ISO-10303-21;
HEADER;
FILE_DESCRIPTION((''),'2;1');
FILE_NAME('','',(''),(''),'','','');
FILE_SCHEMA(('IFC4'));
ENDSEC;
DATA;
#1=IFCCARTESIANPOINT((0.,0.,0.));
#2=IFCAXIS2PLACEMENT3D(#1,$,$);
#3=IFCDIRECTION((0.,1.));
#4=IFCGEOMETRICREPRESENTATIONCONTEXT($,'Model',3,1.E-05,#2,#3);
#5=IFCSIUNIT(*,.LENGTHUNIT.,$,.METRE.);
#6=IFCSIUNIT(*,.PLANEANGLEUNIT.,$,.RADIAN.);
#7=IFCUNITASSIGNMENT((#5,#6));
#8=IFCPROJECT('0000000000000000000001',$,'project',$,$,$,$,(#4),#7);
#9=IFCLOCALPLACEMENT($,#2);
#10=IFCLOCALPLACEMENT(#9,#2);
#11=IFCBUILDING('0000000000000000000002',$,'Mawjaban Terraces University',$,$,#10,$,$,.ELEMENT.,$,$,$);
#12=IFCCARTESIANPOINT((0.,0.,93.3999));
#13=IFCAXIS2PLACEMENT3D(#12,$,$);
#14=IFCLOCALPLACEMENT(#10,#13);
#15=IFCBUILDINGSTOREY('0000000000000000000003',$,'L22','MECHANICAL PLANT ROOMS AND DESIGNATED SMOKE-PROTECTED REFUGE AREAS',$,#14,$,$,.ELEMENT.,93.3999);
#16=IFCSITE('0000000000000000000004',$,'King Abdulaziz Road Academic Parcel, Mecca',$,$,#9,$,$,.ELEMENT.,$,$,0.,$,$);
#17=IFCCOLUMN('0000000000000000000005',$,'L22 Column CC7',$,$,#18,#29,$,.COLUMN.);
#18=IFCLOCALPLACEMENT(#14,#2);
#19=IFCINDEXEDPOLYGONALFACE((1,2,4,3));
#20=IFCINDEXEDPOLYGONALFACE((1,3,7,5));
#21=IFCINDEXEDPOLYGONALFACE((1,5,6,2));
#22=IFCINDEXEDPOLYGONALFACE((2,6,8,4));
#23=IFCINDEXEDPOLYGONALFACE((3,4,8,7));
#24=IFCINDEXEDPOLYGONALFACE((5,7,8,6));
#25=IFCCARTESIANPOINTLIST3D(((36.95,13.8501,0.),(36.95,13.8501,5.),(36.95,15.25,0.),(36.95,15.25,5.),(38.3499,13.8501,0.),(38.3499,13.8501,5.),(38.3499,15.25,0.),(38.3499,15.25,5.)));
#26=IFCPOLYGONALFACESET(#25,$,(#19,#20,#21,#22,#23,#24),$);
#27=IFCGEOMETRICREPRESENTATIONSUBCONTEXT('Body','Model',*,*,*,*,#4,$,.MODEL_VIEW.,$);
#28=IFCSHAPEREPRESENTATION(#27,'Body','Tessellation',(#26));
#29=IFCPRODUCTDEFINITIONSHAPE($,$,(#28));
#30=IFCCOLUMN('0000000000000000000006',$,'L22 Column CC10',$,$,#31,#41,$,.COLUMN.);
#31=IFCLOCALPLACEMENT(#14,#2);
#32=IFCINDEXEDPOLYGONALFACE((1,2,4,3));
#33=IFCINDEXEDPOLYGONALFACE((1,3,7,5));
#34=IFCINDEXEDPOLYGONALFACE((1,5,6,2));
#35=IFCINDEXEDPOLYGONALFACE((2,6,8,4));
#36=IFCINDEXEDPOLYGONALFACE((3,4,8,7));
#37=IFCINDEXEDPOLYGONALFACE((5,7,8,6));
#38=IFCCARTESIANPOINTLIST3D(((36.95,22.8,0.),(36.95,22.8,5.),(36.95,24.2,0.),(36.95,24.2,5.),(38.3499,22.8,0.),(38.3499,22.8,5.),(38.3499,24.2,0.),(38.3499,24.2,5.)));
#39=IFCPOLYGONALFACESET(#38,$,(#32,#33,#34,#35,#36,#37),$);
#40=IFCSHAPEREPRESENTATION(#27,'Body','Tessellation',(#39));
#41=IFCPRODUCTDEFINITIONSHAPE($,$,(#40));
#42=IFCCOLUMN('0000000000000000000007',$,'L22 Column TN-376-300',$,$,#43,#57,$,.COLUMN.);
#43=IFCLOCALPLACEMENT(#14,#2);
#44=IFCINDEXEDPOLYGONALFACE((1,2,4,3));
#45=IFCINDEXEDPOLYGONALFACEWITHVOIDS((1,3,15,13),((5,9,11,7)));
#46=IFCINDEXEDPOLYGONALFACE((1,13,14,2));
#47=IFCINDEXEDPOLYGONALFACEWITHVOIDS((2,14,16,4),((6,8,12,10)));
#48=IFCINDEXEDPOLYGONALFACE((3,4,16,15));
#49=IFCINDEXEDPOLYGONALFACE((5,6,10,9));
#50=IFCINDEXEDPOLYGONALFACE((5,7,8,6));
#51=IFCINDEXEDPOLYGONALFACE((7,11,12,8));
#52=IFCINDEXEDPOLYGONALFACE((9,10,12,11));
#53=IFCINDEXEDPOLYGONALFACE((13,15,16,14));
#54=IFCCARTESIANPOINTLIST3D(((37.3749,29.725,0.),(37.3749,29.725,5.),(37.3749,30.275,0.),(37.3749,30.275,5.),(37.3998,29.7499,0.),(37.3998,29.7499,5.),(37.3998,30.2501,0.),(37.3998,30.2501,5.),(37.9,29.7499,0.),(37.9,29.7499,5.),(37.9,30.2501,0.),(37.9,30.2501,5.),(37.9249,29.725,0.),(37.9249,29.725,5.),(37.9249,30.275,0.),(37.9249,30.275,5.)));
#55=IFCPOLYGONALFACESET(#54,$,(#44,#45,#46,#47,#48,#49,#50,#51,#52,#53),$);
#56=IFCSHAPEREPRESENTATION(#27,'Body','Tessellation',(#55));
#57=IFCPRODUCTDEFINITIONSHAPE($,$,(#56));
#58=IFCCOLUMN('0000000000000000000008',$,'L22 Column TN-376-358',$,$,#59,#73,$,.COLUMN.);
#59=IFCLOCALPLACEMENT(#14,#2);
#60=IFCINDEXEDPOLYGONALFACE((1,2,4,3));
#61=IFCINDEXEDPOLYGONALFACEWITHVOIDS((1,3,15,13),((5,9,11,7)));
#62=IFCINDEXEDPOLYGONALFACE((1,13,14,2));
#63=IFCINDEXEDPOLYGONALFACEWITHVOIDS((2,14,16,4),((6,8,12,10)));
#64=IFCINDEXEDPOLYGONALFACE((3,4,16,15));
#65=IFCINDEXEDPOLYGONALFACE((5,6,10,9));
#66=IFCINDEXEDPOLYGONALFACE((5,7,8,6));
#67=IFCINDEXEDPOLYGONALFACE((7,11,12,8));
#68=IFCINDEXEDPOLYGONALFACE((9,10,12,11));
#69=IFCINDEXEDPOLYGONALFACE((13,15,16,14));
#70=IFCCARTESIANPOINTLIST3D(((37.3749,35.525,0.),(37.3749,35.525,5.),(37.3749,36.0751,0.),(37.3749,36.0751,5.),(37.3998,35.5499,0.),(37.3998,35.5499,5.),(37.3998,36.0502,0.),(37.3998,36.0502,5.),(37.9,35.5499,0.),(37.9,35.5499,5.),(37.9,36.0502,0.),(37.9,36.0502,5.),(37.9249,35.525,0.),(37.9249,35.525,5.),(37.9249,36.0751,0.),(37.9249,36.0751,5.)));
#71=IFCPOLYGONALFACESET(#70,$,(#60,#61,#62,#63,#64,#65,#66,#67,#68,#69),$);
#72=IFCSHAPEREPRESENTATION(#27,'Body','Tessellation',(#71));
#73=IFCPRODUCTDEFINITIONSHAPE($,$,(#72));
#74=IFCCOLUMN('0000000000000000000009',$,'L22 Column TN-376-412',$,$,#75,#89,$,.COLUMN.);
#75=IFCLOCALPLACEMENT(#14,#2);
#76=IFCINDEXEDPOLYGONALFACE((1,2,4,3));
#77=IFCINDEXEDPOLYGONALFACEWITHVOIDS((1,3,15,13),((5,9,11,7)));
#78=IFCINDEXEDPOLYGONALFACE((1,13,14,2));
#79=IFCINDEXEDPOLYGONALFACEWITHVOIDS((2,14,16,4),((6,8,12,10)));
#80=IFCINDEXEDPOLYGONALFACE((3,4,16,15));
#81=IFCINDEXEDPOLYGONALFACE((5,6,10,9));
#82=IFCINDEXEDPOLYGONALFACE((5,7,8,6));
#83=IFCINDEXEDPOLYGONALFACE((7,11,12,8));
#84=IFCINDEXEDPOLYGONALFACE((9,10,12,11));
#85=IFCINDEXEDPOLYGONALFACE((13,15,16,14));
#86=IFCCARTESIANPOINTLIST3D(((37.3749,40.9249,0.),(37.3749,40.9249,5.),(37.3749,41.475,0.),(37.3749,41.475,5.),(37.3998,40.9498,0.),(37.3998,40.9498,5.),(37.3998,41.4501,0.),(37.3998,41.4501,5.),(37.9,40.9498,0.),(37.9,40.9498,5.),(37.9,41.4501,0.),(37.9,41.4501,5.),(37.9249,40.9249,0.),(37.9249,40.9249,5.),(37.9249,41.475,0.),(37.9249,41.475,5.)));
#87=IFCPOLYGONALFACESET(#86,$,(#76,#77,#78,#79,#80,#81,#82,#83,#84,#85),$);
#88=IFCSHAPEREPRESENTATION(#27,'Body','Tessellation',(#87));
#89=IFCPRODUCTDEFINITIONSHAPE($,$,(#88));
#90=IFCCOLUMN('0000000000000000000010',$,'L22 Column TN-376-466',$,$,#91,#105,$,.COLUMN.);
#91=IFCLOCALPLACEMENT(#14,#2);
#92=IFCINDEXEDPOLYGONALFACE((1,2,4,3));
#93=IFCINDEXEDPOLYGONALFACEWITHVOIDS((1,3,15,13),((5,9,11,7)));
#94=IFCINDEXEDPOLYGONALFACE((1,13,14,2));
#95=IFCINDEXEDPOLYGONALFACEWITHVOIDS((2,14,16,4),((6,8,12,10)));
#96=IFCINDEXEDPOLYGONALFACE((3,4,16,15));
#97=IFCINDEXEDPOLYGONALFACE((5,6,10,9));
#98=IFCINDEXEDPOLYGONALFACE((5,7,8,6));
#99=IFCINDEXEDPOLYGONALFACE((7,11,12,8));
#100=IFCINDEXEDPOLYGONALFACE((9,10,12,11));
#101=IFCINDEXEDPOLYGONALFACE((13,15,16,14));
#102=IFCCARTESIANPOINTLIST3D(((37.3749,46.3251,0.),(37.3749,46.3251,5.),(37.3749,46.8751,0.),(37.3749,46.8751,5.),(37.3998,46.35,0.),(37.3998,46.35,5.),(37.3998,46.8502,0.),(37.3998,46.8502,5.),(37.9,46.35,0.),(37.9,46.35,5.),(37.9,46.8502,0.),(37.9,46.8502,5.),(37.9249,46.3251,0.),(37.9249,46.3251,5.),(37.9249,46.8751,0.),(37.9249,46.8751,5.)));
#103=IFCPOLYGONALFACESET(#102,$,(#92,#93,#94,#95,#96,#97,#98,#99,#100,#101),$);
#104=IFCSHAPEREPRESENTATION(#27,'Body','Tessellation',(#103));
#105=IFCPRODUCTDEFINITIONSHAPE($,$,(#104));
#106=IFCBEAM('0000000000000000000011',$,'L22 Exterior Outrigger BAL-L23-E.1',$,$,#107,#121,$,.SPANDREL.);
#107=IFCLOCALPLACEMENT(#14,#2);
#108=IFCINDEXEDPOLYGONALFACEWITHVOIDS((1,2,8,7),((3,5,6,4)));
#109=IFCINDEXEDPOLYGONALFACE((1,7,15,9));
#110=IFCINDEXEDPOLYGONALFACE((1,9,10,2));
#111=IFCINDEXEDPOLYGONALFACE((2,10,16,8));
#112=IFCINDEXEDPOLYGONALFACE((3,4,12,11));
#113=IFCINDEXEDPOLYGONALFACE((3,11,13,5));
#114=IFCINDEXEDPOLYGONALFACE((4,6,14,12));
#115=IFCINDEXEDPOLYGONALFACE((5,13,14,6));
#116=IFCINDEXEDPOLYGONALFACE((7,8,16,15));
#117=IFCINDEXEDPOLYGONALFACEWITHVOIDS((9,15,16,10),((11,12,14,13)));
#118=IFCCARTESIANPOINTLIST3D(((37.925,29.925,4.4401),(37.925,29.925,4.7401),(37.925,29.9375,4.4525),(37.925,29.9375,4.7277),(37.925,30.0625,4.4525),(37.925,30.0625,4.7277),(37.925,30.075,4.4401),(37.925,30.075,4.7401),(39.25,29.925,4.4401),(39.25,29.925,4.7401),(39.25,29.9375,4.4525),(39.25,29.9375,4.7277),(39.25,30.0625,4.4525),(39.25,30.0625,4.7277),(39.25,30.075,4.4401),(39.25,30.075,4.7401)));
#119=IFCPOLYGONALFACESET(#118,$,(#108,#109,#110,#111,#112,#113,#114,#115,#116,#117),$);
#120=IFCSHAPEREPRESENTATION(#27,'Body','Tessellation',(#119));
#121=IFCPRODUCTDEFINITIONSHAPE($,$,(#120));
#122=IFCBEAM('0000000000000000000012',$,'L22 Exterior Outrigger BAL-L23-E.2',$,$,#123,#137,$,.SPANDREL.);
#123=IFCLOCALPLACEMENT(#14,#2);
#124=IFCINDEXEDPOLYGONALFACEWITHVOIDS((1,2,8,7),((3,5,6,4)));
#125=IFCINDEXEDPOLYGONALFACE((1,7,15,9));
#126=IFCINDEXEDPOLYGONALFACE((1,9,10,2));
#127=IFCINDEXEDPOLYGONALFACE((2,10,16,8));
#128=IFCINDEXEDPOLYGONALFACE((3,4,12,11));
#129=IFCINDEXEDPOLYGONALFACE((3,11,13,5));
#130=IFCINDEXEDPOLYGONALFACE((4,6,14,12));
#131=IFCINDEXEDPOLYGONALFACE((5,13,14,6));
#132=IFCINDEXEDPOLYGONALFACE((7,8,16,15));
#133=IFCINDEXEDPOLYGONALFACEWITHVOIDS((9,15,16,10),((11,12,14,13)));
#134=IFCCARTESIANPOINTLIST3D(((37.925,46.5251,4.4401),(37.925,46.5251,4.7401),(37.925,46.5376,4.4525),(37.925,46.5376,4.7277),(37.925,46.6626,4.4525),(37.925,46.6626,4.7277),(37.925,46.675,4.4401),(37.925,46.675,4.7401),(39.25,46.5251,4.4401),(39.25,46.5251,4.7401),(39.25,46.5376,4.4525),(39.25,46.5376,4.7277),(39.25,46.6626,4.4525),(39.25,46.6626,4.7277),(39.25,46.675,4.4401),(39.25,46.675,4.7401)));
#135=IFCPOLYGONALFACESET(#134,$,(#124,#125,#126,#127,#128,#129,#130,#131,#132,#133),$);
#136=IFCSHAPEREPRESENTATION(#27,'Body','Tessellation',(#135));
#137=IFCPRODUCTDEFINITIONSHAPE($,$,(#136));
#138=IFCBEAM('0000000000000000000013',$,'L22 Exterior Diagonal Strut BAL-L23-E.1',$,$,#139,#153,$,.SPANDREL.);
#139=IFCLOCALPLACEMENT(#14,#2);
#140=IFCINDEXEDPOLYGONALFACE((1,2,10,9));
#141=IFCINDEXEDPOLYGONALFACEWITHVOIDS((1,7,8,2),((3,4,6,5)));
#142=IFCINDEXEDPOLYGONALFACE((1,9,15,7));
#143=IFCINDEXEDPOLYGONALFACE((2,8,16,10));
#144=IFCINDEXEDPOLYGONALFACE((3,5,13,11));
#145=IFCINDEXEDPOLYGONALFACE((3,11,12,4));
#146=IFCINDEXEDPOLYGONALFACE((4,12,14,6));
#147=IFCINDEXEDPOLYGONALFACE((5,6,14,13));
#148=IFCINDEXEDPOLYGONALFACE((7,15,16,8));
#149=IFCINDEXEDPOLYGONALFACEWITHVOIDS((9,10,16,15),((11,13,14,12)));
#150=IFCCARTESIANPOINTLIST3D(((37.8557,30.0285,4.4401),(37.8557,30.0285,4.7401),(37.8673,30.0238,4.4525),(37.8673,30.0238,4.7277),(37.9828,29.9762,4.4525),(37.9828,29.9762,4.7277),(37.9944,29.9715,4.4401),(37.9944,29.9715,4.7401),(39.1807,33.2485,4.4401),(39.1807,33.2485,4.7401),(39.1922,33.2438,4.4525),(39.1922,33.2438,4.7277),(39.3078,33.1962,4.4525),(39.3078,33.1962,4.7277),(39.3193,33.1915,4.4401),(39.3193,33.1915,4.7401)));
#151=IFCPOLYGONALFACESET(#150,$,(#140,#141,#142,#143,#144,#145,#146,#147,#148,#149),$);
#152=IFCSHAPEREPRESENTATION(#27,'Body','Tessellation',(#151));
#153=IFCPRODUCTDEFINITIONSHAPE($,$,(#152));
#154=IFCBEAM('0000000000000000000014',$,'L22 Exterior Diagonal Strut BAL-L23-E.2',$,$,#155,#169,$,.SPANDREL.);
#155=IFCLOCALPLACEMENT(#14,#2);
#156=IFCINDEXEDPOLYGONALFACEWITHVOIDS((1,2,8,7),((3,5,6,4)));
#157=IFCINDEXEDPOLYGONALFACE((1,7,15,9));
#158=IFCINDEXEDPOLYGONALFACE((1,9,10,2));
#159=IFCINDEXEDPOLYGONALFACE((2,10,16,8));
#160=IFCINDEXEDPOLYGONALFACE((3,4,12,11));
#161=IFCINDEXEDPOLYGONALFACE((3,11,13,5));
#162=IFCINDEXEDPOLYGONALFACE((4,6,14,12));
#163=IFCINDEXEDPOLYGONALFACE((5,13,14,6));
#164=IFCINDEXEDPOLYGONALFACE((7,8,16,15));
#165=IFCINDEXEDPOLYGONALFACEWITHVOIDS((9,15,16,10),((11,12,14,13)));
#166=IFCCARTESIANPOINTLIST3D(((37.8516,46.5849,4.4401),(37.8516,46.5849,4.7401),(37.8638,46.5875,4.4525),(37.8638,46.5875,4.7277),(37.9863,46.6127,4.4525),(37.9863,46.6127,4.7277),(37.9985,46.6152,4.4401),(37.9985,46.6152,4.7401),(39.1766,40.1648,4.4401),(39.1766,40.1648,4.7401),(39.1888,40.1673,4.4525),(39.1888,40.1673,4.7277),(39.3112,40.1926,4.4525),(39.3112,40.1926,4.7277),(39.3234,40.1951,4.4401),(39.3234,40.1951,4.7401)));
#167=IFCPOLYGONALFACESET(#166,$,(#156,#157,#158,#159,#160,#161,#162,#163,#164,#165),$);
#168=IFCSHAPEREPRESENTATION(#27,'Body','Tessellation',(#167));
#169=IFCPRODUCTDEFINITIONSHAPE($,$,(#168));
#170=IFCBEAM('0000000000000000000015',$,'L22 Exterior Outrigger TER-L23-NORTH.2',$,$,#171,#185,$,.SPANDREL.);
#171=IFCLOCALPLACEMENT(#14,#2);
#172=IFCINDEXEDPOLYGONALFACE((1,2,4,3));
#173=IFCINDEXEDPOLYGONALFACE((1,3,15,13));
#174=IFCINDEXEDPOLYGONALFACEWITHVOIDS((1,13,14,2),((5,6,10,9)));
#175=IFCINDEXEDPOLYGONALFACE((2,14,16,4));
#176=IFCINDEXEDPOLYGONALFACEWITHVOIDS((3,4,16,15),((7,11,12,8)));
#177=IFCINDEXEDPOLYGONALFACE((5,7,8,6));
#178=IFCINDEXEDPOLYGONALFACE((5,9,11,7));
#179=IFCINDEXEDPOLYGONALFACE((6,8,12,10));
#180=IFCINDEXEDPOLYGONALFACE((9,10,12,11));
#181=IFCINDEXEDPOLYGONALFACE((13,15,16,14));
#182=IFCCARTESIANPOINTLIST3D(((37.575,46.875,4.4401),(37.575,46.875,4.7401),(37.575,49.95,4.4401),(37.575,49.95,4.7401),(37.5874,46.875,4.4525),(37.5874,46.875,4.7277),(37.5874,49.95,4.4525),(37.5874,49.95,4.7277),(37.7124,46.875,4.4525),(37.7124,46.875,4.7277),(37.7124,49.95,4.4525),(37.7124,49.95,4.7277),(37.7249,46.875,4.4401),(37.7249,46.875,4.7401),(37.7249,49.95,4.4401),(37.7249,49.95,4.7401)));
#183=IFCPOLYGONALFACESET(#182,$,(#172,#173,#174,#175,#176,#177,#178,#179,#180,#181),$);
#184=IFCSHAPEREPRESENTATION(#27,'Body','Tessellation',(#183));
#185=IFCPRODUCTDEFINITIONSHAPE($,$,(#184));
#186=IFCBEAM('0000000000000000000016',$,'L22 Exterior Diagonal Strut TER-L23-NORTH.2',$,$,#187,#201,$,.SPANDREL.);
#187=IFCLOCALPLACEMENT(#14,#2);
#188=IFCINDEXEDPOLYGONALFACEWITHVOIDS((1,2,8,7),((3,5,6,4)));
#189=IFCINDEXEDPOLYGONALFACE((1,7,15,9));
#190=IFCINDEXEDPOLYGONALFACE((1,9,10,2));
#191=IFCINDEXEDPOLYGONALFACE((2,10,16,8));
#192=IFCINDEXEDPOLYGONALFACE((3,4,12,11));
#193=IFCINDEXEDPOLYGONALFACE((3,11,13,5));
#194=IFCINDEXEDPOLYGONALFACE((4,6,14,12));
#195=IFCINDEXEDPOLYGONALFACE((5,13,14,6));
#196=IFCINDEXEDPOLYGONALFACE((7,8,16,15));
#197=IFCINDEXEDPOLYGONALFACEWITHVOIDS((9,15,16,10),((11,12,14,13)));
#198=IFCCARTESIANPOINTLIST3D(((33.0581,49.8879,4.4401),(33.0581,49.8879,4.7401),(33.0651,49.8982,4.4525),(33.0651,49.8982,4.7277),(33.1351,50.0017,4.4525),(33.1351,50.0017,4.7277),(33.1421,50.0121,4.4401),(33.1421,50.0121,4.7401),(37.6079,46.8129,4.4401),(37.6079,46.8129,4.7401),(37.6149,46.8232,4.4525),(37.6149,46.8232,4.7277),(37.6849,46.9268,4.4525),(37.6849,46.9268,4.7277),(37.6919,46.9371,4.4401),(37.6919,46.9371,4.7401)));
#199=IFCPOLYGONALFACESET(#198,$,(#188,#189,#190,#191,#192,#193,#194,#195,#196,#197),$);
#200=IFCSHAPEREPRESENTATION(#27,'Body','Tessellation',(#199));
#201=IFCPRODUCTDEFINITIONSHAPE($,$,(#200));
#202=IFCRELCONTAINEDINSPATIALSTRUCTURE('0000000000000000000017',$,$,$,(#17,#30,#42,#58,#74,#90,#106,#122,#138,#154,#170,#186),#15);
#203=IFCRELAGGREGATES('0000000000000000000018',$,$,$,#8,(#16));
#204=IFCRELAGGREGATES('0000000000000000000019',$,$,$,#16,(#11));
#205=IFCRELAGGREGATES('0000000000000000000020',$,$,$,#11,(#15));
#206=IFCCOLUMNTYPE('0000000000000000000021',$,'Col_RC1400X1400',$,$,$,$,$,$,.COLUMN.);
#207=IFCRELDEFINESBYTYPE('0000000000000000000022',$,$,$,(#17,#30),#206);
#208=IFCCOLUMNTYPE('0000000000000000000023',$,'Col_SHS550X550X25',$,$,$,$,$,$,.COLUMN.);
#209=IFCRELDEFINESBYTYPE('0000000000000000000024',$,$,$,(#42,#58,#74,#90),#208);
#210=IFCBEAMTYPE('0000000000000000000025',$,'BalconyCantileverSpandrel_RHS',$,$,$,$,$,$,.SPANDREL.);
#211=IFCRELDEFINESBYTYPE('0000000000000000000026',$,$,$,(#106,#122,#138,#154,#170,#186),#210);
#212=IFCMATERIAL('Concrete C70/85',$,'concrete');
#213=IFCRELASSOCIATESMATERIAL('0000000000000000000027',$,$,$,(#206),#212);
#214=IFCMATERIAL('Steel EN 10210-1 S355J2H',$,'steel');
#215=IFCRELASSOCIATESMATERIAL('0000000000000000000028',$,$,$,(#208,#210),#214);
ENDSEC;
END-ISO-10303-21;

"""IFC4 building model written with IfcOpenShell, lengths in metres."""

from ifc_helpers import new_model, si_unit, direction, frame, origin, origin_2d, place, context, subcontext, project, spatial, rectangle, hollow_rectangle, extrude, material, material_profile, profile_set, type_object, element, save


model = new_model("IFC4")

# Units and contexts
model_context = context("Model", 3, precision=1e-05, world=origin(), true_north=direction((0.0, 1.0)))
body_context = subcontext(model_context, "Body", "Model", "MODEL_VIEW")
ifc_project = project(units=[si_unit("LENGTHUNIT", "METRE"), si_unit("PLANEANGLEUNIT", "RADIAN")], contexts=[model_context])

# Site, building, storey
site_placement = place(None, origin())
site = spatial("IfcSite", under=ifc_project, at=site_placement, Name="King Abdulaziz Road Academic Parcel, Mecca", CompositionType="ELEMENT", RefElevation=0.0)
building_placement = place(site_placement, origin())
building = spatial("IfcBuilding", under=site, at=building_placement, Name="Mawjaban Terraces University", CompositionType="ELEMENT")
storey_placement = place(building_placement, frame((0.0, 0.0, 93.3999)))
storey = spatial("IfcBuildingStorey", under=building, at=storey_placement, Name="L22", Description="MECHANICAL PLANT ROOMS AND DESIGNATED SMOKE-PROTECTED REFUGE AREAS", CompositionType="ELEMENT", Elevation=93.3999)

# Columns
ifc_material_1 = material(Name="Concrete C70/85", Category="concrete")
ifc_material_profile_1 = material_profile(ifc_material_1, rectangle(XDim=1.3999, YDim=1.3999, at=origin_2d()), Name="RC1400X1400")
ifc_profile_set_1 = profile_set([ifc_material_profile_1], Name="Concrete C70/85")
column_type_1 = type_object("IfcColumnType", Name="Col_RC1400X1400", PredefinedType="COLUMN", material=ifc_profile_set_1)
for number, where, z_axis, x_axis, name in (
    (1, (37.6499, 14.55, 0.0), (0.0, 0.0, 1.0), (1.0, 0.0, 0.0), "L22 Column CC7"),
    (2, (37.6499, 23.5, 0.0), (0.0, 0.0, 1.0), (1.0, 0.0, 0.0), "L22 Column CC10"),
):
    element("IfcColumn", number, at=place(storey_placement, frame(where, z_axis=z_axis, x_axis=x_axis)), inside=storey, type_object=column_type_1, Name=name, PredefinedType="COLUMN", context=body_context, shape_type="SweptSolid", body=[
        extrude(rectangle(XDim=1.3999, YDim=1.3999, at=origin_2d()), origin(), (0.0, 0.0, 1.0), 5.0),
    ])
ifc_material_2 = material(Name="Steel EN 10210-1 S355J2H", Category="steel")
ifc_material_profile_2 = material_profile(ifc_material_2, hollow_rectangle(XDim=0.55, YDim=0.55, WallThickness=0.0249, at=origin_2d()), Name="SHS550X550X25")
ifc_profile_set_2 = profile_set([ifc_material_profile_2], Name="Steel EN 10210-1 S355J2H")
column_type_2 = type_object("IfcColumnType", Name="Col_SHS550X550X25", PredefinedType="COLUMN", material=ifc_profile_set_2)
for number, where, z_axis, x_axis, name in (
    (3, (37.6499, 30.0, 0.0), (0.0, 0.0, 1.0), (1.0, 0.0, 0.0), "L22 Column TN-376-300"),
    (4, (37.6499, 35.8, 0.0), (0.0, 0.0, 1.0), (1.0, 0.0, 0.0), "L22 Column TN-376-358"),
    (5, (37.6499, 41.2, 0.0), (0.0, 0.0, 1.0), (1.0, 0.0, 0.0), "L22 Column TN-376-412"),
    (6, (37.6499, 46.6001, 0.0), (0.0, 0.0, 1.0), (1.0, 0.0, 0.0), "L22 Column TN-376-466"),
):
    element("IfcColumn", number, at=place(storey_placement, frame(where, z_axis=z_axis, x_axis=x_axis)), inside=storey, type_object=column_type_2, Name=name, PredefinedType="COLUMN", context=body_context, shape_type="SweptSolid", body=[
        extrude(hollow_rectangle(XDim=0.55, YDim=0.55, WallThickness=0.0249, at=origin_2d()), origin(), (0.0, 0.0, 1.0), 5.0),
    ])

# Beams
ifc_material_profile_3 = material_profile(ifc_material_2, hollow_rectangle(XDim=0.1499, YDim=0.3, WallThickness=0.0125, at=origin_2d()), Name="RHS300X150X12.5")
ifc_profile_set_3 = profile_set([ifc_material_profile_3], Name="Steel EN 10210-1 S355J2H")
beam_type_1 = type_object("IfcBeamType", Name="BalconyCantileverSpandrel_RHS", PredefinedType="SPANDREL", material=ifc_profile_set_3)
for number, where, z_axis, x_axis, name in (
    (7, (37.925, 30.0, 4.5901), (1.0, 0.0, 0.0), (0.0, 1.0, 0.0), "L22 Exterior Outrigger BAL-L23-E.1"),
    (8, (37.925, 46.6001, 4.5901), (1.0, 0.0, 0.0), (0.0, 1.0, 0.0), "L22 Exterior Outrigger BAL-L23-E.2"),
):
    element("IfcBeam", number, at=place(storey_placement, frame(where, z_axis=z_axis, x_axis=x_axis)), inside=storey, type_object=beam_type_1, Name=name, PredefinedType="SPANDREL", context=body_context, shape_type="SweptSolid", body=[
        extrude(hollow_rectangle(XDim=0.1499, YDim=0.3, WallThickness=0.0125, at=origin_2d()), origin(), (0.0, 0.0, 1.0), 1.325),
    ])
beam_1_placement = place(storey_placement, frame((37.925, 30.0, 4.5901), z_axis=(0.380524, 0.924771, 0.0), x_axis=(-0.924771, 0.380524, 0.0)))
element("IfcBeam", 9, at=beam_1_placement, inside=storey, type_object=beam_type_1, Name="L22 Exterior Diagonal Strut BAL-L23-E.1", PredefinedType="SPANDREL", context=body_context, shape_type="SweptSolid", body=[
    extrude(hollow_rectangle(XDim=0.1499, YDim=0.3, WallThickness=0.0125, at=origin_2d()), origin(), (0.0, 0.0, 1.0), 3.4819),
])
beam_2_placement = place(storey_placement, frame((37.925, 46.6001, 4.5901), z_axis=(0.202114, -0.979362, 0.0), x_axis=(0.979362, 0.202114, 0.0)))
element("IfcBeam", 10, at=beam_2_placement, inside=storey, type_object=beam_type_1, Name="L22 Exterior Diagonal Strut BAL-L23-E.2", PredefinedType="SPANDREL", context=body_context, shape_type="SweptSolid", body=[
    extrude(hollow_rectangle(XDim=0.1499, YDim=0.3, WallThickness=0.0125, at=origin_2d()), origin(), (0.0, 0.0, 1.0), 6.5554),
])
beam_3_placement = place(storey_placement, frame((37.6499, 46.875, 4.5901), z_axis=(0.0, 1.0, 0.0), x_axis=(-1.0, 0.0, 0.0)))
element("IfcBeam", 11, at=beam_3_placement, inside=storey, type_object=beam_type_1, Name="L22 Exterior Outrigger TER-L23-NORTH.2", PredefinedType="SPANDREL", context=body_context, shape_type="SweptSolid", body=[
    extrude(hollow_rectangle(XDim=0.1499, YDim=0.3, WallThickness=0.0125, at=origin_2d()), origin(), (0.0, 0.0, 1.0), 3.075),
])
beam_4_placement = place(storey_placement, frame((37.6499, 46.875, 4.5901), z_axis=(-0.828525, 0.559952, 0.0), x_axis=(-0.559952, -0.828525, 0.0)))
element("IfcBeam", 12, at=beam_4_placement, inside=storey, type_object=beam_type_1, Name="L22 Exterior Diagonal Strut TER-L23-NORTH.2", PredefinedType="SPANDREL", context=body_context, shape_type="SweptSolid", body=[
    extrude(hollow_rectangle(XDim=0.1499, YDim=0.3, WallThickness=0.0125, at=origin_2d()), origin(), (0.0, 0.0, 1.0), 5.4915),
])

save(model, "model.ifc")
